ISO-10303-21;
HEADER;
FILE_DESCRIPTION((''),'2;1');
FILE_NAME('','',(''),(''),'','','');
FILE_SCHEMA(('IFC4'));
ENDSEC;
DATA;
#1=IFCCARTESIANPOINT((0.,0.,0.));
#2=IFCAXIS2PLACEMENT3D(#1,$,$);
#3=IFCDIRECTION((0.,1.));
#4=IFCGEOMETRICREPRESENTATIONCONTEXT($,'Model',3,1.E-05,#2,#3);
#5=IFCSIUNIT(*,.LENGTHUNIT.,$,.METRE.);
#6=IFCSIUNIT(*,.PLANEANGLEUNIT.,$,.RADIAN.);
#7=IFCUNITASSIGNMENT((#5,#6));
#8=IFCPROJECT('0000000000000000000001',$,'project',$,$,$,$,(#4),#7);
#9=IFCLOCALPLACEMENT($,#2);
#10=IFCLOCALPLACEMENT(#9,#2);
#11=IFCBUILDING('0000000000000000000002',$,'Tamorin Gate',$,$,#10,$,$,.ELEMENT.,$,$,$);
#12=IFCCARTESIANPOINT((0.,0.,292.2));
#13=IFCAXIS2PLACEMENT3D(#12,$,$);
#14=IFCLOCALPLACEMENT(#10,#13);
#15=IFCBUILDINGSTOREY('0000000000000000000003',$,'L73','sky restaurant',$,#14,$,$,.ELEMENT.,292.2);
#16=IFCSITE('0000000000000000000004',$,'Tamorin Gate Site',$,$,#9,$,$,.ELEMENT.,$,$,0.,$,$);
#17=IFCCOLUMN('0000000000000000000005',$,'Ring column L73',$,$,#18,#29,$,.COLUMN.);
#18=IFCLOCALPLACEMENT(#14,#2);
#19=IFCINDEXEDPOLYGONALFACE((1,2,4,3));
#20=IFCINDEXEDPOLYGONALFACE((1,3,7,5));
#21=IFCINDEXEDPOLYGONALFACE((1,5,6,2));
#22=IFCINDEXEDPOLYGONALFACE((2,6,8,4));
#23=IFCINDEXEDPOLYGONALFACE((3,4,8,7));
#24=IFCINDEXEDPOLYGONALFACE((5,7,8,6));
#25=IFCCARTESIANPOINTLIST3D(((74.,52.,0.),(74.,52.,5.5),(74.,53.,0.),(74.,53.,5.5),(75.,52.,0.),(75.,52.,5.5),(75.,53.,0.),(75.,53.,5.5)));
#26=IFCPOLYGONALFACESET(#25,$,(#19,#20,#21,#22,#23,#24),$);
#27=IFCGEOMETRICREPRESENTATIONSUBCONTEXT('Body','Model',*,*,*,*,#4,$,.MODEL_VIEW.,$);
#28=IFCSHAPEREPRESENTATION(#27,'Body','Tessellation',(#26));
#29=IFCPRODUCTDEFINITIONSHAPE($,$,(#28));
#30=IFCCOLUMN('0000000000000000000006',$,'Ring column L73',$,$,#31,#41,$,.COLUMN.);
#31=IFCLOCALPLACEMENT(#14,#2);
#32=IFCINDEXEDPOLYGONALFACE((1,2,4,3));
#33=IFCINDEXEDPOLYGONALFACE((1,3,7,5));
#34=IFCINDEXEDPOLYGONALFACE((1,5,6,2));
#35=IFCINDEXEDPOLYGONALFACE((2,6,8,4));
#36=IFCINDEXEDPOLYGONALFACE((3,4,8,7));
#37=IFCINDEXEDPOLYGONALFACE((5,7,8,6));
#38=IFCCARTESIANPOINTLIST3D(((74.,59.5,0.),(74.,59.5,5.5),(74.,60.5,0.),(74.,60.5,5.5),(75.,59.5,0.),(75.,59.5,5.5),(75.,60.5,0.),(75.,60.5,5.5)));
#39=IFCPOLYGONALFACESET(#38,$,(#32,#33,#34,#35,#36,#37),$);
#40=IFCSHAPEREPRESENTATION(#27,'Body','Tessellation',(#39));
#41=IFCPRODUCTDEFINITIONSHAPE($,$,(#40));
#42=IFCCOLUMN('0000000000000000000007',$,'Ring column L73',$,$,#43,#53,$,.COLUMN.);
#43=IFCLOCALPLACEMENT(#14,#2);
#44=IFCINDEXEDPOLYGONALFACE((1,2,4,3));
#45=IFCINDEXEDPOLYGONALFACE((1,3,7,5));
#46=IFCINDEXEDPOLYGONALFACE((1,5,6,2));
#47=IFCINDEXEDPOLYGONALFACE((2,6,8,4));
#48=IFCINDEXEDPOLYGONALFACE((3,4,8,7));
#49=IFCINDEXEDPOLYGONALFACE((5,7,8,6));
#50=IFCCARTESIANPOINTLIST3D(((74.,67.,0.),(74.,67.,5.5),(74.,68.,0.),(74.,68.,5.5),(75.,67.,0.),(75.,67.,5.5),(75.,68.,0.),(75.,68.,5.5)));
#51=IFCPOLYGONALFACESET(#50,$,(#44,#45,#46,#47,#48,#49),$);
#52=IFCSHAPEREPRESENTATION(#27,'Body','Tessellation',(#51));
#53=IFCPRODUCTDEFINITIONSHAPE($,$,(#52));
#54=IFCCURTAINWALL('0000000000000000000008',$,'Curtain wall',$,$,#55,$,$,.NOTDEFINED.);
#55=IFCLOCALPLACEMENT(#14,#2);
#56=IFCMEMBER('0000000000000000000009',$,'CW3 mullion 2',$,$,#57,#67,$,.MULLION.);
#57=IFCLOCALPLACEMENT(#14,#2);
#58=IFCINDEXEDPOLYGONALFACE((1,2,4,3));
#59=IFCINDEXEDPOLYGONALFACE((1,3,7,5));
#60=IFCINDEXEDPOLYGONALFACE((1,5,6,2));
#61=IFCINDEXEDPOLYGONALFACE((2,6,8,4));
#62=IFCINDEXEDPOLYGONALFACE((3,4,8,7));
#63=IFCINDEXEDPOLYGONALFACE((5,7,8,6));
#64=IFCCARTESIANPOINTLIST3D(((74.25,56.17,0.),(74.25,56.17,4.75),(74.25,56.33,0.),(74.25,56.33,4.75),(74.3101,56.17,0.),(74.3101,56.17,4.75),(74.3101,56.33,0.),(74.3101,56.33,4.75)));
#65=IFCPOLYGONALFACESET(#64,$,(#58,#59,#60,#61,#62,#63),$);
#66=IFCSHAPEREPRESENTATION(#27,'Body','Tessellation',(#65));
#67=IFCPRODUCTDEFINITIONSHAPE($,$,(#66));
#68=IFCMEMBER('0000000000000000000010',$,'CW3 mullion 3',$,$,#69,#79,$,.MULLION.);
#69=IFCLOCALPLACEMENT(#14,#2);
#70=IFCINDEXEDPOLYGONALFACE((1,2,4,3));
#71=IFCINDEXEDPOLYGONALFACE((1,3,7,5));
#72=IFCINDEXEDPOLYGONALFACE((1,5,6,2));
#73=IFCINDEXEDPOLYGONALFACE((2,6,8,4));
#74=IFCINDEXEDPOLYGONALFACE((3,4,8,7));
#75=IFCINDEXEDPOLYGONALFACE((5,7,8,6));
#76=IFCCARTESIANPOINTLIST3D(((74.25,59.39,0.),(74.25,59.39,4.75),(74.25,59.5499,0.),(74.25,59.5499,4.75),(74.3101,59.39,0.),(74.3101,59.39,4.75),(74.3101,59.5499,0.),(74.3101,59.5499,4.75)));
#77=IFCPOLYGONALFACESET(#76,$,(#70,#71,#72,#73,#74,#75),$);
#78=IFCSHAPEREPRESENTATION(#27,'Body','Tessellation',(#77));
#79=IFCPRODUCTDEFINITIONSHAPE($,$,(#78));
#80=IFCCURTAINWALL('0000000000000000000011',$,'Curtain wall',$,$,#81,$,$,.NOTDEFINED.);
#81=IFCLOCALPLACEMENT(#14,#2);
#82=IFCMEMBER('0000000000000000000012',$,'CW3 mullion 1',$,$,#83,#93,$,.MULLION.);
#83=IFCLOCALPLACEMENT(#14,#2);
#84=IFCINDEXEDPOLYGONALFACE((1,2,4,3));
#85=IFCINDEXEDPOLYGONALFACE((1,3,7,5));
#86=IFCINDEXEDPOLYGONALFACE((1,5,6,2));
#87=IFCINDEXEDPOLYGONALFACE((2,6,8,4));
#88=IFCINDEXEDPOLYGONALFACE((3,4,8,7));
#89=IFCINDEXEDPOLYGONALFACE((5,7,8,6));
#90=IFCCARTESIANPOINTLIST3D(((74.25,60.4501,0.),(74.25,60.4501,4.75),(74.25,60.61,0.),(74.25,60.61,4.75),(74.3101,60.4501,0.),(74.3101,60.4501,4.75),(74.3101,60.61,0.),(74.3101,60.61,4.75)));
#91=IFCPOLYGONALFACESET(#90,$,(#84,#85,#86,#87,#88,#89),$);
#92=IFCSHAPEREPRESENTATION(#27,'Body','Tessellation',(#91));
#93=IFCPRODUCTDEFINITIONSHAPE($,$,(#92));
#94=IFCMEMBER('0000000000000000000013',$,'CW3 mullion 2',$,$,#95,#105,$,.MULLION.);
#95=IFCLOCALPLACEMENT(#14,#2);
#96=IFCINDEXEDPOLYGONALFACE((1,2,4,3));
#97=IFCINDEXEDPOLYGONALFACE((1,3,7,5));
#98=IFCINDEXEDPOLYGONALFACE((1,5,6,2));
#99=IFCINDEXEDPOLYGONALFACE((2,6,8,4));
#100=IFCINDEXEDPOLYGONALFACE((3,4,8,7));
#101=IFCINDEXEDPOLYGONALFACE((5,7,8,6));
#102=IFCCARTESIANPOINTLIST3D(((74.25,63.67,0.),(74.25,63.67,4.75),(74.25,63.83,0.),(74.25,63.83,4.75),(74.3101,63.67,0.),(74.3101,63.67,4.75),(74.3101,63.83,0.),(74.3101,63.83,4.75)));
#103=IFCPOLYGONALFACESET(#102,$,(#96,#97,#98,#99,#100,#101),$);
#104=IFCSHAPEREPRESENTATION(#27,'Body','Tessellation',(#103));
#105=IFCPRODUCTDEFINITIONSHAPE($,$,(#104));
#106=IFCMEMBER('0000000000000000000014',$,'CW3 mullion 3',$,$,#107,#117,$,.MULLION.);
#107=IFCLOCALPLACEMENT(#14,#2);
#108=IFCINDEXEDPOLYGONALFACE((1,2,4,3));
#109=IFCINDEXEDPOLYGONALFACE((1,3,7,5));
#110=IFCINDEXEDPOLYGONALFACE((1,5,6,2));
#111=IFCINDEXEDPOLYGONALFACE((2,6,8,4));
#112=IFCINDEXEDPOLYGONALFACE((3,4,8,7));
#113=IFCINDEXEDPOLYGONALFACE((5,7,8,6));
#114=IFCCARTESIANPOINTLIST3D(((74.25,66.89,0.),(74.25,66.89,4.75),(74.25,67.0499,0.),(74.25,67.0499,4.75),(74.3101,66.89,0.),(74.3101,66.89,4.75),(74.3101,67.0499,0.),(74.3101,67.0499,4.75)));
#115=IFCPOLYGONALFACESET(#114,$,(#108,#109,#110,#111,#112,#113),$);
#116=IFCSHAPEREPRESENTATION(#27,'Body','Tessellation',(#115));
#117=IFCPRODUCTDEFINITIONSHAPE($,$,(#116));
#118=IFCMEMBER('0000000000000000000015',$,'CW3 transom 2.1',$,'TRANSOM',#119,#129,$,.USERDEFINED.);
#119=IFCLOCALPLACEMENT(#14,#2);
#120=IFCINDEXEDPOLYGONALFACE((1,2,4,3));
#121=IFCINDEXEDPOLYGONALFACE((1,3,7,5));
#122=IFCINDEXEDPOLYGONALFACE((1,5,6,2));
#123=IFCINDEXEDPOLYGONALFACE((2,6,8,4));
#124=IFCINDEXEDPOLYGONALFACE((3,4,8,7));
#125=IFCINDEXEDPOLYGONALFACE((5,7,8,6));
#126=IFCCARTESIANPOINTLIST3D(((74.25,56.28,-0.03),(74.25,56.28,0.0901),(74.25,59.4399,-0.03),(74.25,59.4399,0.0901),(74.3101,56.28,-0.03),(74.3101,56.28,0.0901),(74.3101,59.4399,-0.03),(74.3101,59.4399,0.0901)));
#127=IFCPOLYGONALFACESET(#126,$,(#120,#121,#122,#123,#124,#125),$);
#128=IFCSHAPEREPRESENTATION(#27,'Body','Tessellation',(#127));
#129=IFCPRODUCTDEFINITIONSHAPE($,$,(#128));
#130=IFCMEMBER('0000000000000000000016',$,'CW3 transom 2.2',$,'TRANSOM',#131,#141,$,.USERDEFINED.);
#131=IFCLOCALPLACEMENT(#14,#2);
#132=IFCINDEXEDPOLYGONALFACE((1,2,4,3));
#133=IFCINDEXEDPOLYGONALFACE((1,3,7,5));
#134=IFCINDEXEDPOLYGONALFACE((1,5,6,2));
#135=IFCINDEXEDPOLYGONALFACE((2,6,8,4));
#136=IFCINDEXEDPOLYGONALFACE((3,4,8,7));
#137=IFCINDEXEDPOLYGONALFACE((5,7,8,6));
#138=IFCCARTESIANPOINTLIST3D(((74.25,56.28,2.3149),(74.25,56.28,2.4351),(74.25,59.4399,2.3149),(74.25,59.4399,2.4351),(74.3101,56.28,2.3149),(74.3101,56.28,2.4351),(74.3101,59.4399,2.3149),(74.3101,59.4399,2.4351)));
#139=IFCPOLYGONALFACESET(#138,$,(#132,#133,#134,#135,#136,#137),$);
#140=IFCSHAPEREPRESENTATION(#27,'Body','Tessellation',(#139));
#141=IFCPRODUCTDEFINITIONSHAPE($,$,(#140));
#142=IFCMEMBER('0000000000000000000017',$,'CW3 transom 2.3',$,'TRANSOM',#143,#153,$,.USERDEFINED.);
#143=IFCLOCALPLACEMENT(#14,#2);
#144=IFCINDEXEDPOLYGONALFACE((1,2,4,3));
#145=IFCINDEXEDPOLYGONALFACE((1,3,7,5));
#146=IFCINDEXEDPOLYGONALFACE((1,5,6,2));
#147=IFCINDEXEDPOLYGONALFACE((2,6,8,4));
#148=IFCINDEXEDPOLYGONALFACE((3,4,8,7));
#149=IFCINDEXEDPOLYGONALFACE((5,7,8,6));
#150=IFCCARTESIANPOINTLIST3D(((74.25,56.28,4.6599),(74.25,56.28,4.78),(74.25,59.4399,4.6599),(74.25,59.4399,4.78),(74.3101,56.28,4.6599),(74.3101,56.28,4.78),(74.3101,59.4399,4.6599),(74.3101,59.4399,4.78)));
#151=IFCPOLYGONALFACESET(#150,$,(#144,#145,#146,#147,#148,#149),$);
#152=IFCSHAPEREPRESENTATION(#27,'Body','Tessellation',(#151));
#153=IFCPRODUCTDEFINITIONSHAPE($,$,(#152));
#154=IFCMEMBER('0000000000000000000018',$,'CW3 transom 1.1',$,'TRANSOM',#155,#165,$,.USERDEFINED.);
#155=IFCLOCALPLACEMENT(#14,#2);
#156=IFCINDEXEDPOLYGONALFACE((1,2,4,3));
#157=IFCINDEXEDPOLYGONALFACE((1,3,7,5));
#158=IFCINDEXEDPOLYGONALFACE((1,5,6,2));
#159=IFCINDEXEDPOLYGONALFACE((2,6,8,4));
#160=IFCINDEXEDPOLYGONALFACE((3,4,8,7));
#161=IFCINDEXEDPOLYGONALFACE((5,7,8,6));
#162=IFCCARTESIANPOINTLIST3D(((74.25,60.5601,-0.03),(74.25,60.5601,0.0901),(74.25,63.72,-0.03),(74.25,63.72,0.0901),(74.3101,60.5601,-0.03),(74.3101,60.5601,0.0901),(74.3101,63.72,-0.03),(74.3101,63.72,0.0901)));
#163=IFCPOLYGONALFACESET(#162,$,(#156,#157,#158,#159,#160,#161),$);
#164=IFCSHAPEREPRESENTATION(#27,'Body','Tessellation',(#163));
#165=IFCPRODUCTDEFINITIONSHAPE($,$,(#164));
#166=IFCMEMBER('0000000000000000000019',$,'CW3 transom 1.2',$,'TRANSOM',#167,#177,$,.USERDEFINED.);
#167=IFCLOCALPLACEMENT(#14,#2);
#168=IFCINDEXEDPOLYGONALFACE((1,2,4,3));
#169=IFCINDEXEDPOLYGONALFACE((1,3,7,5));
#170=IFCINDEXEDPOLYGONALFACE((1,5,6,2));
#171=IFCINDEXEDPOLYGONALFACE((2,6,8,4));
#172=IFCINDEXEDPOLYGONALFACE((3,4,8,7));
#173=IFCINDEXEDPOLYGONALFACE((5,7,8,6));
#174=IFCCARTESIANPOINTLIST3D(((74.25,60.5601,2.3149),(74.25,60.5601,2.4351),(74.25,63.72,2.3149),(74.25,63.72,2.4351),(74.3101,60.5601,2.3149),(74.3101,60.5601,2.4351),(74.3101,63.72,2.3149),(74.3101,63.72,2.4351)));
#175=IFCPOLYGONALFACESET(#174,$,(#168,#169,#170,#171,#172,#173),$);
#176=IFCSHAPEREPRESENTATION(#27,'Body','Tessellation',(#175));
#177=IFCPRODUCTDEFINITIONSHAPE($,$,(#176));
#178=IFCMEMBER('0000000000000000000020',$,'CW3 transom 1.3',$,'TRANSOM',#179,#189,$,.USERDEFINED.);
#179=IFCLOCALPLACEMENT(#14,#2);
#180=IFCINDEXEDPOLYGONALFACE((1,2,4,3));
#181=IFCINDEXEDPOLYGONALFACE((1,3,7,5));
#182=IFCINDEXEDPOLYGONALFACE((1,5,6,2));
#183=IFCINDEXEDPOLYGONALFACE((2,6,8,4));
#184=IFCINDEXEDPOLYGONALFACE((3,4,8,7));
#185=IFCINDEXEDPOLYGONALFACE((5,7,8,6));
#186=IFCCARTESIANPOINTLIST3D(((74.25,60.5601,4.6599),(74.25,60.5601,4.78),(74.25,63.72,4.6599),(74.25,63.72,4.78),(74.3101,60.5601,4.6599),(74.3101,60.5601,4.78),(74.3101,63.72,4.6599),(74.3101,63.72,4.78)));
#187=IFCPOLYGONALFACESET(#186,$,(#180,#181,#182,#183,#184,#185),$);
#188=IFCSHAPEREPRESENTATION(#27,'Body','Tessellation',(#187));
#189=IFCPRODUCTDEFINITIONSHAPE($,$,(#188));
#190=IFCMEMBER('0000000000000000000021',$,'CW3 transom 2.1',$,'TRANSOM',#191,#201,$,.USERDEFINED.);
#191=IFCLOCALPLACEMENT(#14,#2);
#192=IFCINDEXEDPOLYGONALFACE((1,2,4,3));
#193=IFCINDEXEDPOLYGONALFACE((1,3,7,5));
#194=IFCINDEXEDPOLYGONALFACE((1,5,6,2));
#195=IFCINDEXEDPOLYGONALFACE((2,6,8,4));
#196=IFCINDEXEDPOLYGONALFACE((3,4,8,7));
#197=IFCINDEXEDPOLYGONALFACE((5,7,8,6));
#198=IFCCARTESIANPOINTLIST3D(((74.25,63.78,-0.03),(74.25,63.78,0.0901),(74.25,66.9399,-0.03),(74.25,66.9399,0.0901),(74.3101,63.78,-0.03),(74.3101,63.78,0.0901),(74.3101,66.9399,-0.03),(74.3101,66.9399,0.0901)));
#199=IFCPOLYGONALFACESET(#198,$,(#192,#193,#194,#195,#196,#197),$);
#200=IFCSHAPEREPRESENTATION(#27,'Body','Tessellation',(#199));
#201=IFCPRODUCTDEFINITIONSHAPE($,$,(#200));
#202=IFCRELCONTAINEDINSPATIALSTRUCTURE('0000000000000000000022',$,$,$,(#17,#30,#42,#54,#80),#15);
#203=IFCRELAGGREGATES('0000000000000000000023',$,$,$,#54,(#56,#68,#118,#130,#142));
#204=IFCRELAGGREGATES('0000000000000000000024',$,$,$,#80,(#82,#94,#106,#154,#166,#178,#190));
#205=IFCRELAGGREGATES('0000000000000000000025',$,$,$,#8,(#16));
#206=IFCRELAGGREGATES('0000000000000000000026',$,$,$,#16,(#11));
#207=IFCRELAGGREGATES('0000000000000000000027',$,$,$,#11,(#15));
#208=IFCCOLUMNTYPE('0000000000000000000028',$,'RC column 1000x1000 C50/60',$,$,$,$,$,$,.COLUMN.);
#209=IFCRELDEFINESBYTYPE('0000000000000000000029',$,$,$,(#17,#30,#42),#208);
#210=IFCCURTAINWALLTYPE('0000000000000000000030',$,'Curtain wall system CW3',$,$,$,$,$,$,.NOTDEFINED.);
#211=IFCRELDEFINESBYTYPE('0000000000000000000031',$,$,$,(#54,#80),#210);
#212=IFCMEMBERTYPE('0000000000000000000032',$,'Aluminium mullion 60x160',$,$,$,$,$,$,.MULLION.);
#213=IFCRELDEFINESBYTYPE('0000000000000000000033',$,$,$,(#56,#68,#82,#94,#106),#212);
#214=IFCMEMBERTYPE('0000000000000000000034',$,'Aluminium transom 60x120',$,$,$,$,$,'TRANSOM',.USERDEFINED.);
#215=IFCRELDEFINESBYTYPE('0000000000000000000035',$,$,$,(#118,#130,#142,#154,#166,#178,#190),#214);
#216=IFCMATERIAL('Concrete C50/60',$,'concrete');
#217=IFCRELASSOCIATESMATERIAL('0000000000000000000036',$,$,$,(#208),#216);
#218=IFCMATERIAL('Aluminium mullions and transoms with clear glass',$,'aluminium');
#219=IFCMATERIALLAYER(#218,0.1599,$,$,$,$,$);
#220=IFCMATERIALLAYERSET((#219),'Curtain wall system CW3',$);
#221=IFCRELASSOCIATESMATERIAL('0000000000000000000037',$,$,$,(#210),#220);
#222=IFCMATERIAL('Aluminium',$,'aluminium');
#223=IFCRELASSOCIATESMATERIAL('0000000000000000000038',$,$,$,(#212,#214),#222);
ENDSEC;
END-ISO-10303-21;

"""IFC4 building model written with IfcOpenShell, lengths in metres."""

from ifc_helpers import new_model, si_unit, direction, frame, origin, origin_2d, place, context, subcontext, project, spatial, rectangle, extrude, material, layer, layer_set, material_profile, profile_set, type_object, element, aggregate, save


model = new_model("IFC4")

# Units and contexts
model_context = context("Model", 3, precision=1e-05, world=origin(), true_north=direction((0.0, 1.0)))
body_context = subcontext(model_context, "Body", "Model", "MODEL_VIEW")
ifc_project = project(units=[si_unit("LENGTHUNIT", "METRE"), si_unit("PLANEANGLEUNIT", "RADIAN")], contexts=[model_context])

# Site, building, storey
site_placement = place(None, origin())
site = spatial("IfcSite", under=ifc_project, at=site_placement, Name="Tamorin Gate Site", CompositionType="ELEMENT", RefElevation=0.0)
building_placement = place(site_placement, origin())
building = spatial("IfcBuilding", under=site, at=building_placement, Name="Tamorin Gate", CompositionType="ELEMENT")
storey_placement = place(building_placement, frame((0.0, 0.0, 292.2)))
storey = spatial("IfcBuildingStorey", under=building, at=storey_placement, Name="L73", Description="sky restaurant", CompositionType="ELEMENT", Elevation=292.2)

# Columns
ifc_material_1 = material(Name="Concrete C50/60", Category="concrete")
ifc_material_profile_1 = material_profile(ifc_material_1, rectangle(XDim=1.0, YDim=1.0, at=origin_2d()), Name="RC 1000x1000")
ifc_profile_set_1 = profile_set([ifc_material_profile_1], Name="Concrete C50/60")
column_type = type_object("IfcColumnType", Name="RC column 1000x1000 C50/60", PredefinedType="COLUMN", material=ifc_profile_set_1)
for number, where, z_axis, x_axis, name in (
    (1, (74.5, 52.5, 0.0), (0.0, 0.0, 1.0), (1.0, 0.0, 0.0), "Ring column L73"),
    (2, (74.5, 60.0, 0.0), (0.0, 0.0, 1.0), (1.0, 0.0, 0.0), "Ring column L73"),
    (3, (74.5, 67.5, 0.0), (0.0, 0.0, 1.0), (1.0, 0.0, 0.0), "Ring column L73"),
):
    element("IfcColumn", number, at=place(storey_placement, frame(where, z_axis=z_axis, x_axis=x_axis)), inside=storey, type_object=column_type, Name=name, PredefinedType="COLUMN", context=body_context, shape_type="SweptSolid", body=[
        extrude(rectangle(XDim=1.0, YDim=1.0, at=origin_2d()), origin(), (0.0, 0.0, 1.0), 5.5),
    ])

# Curtain walls, members
ifc_material_2 = material(Name="Aluminium mullions and transoms with clear glass", Category="aluminium")
ifc_layer_1 = layer(ifc_material_2, 0.1599)
ifc_layer_set_1 = layer_set([ifc_layer_1], Name="Curtain wall system CW3")
curtain_wall_type = type_object("IfcCurtainWallType", Name="Curtain wall system CW3", PredefinedType="NOTDEFINED", material=ifc_layer_set_1)
curtain_wall_1_placement = place(storey_placement, origin())
curtain_wall_1 = element("IfcCurtainWall", 4, at=curtain_wall_1_placement, inside=storey, type_object=curtain_wall_type, Name="Curtain wall", PredefinedType="NOTDEFINED")
ifc_material_3 = material(Name="Aluminium", Category="aluminium")
ifc_material_profile_2 = material_profile(ifc_material_3, rectangle(XDim=0.0601, YDim=0.1599, at=origin_2d()), Name="RECT 60x160")
ifc_profile_set_2 = profile_set([ifc_material_profile_2], Name="Aluminium")
member_type_1 = type_object("IfcMemberType", Name="Aluminium mullion 60x160", PredefinedType="MULLION", material=ifc_profile_set_2)
member_1_placement = place(storey_placement, frame((74.28, 56.25, 0.0), z_axis=(0.0, 0.0, 1.0), x_axis=(-1.0, 0.0, 0.0)))
member_1 = element("IfcMember", 5, at=member_1_placement, type_object=member_type_1, Name="CW3 mullion 2", PredefinedType="MULLION", context=body_context, shape_type="SweptSolid", body=[
    extrude(rectangle(XDim=0.0601, YDim=0.1599, at=origin_2d()), origin(), (0.0, 0.0, 1.0), 4.75),
])
member_2_placement = place(storey_placement, frame((74.28, 59.47, 0.0), z_axis=(0.0, 0.0, 1.0), x_axis=(-1.0, 0.0, 0.0)))
member_2 = element("IfcMember", 6, at=member_2_placement, type_object=member_type_1, Name="CW3 mullion 3", PredefinedType="MULLION", context=body_context, shape_type="SweptSolid", body=[
    extrude(rectangle(XDim=0.0601, YDim=0.1599, at=origin_2d()), origin(), (0.0, 0.0, 1.0), 4.75),
])
curtain_wall_2_placement = place(storey_placement, origin())
curtain_wall_2 = element("IfcCurtainWall", 7, at=curtain_wall_2_placement, inside=storey, type_object=curtain_wall_type, Name="Curtain wall", PredefinedType="NOTDEFINED")
member_3_placement = place(storey_placement, frame((74.28, 60.53, 0.0), z_axis=(0.0, 0.0, 1.0), x_axis=(-1.0, 0.0, 0.0)))
member_3 = element("IfcMember", 8, at=member_3_placement, type_object=member_type_1, Name="CW3 mullion 1", PredefinedType="MULLION", context=body_context, shape_type="SweptSolid", body=[
    extrude(rectangle(XDim=0.0601, YDim=0.1599, at=origin_2d()), origin(), (0.0, 0.0, 1.0), 4.75),
])
member_4_placement = place(storey_placement, frame((74.28, 63.75, 0.0), z_axis=(0.0, 0.0, 1.0), x_axis=(-1.0, 0.0, 0.0)))
member_4 = element("IfcMember", 9, at=member_4_placement, type_object=member_type_1, Name="CW3 mullion 2", PredefinedType="MULLION", context=body_context, shape_type="SweptSolid", body=[
    extrude(rectangle(XDim=0.0601, YDim=0.1599, at=origin_2d()), origin(), (0.0, 0.0, 1.0), 4.75),
])
member_5_placement = place(storey_placement, frame((74.28, 66.97, 0.0), z_axis=(0.0, 0.0, 1.0), x_axis=(-1.0, 0.0, 0.0)))
member_5 = element("IfcMember", 10, at=member_5_placement, type_object=member_type_1, Name="CW3 mullion 3", PredefinedType="MULLION", context=body_context, shape_type="SweptSolid", body=[
    extrude(rectangle(XDim=0.0601, YDim=0.1599, at=origin_2d()), origin(), (0.0, 0.0, 1.0), 4.75),
])

# Members
ifc_material_profile_3 = material_profile(ifc_material_3, rectangle(XDim=0.0601, YDim=0.1201, at=origin_2d()), Name="RECT 60x120")
ifc_profile_set_3 = profile_set([ifc_material_profile_3], Name="Aluminium")
member_type_2 = type_object("IfcMemberType", Name="Aluminium transom 60x120", ElementType="TRANSOM", PredefinedType="USERDEFINED", material=ifc_profile_set_3)
member_6_placement = place(storey_placement, frame((74.28, 56.28, 0.03), z_axis=(0.0, 1.0, 0.0), x_axis=(-1.0, 0.0, 0.0)))
member_6 = element("IfcMember", 11, at=member_6_placement, type_object=member_type_2, Name="CW3 transom 2.1", ObjectType="TRANSOM", PredefinedType="USERDEFINED", context=body_context, shape_type="SweptSolid", body=[
    extrude(rectangle(XDim=0.0601, YDim=0.1201, at=origin_2d()), origin(), (0.0, 0.0, 1.0), 3.1599),
])
member_7_placement = place(storey_placement, frame((74.28, 56.28, 2.375), z_axis=(0.0, 1.0, 0.0), x_axis=(-1.0, 0.0, 0.0)))
member_7 = element("IfcMember", 12, at=member_7_placement, type_object=member_type_2, Name="CW3 transom 2.2", ObjectType="TRANSOM", PredefinedType="USERDEFINED", context=body_context, shape_type="SweptSolid", body=[
    extrude(rectangle(XDim=0.0601, YDim=0.1201, at=origin_2d()), origin(), (0.0, 0.0, 1.0), 3.1599),
])
member_8_placement = place(storey_placement, frame((74.28, 56.28, 4.72), z_axis=(0.0, 1.0, 0.0), x_axis=(-1.0, 0.0, 0.0)))
member_8 = element("IfcMember", 13, at=member_8_placement, type_object=member_type_2, Name="CW3 transom 2.3", ObjectType="TRANSOM", PredefinedType="USERDEFINED", context=body_context, shape_type="SweptSolid", body=[
    extrude(rectangle(XDim=0.0601, YDim=0.1201, at=origin_2d()), origin(), (0.0, 0.0, 1.0), 3.1599),
])
member_9_placement = place(storey_placement, frame((74.28, 60.5601, 0.03), z_axis=(0.0, 1.0, 0.0), x_axis=(-1.0, 0.0, 0.0)))
member_9 = element("IfcMember", 14, at=member_9_placement, type_object=member_type_2, Name="CW3 transom 1.1", ObjectType="TRANSOM", PredefinedType="USERDEFINED", context=body_context, shape_type="SweptSolid", body=[
    extrude(rectangle(XDim=0.0601, YDim=0.1201, at=origin_2d()), origin(), (0.0, 0.0, 1.0), 3.1599),
])
member_10_placement = place(storey_placement, frame((74.28, 60.5601, 2.375), z_axis=(0.0, 1.0, 0.0), x_axis=(-1.0, 0.0, 0.0)))
member_10 = element("IfcMember", 15, at=member_10_placement, type_object=member_type_2, Name="CW3 transom 1.2", ObjectType="TRANSOM", PredefinedType="USERDEFINED", context=body_context, shape_type="SweptSolid", body=[
    extrude(rectangle(XDim=0.0601, YDim=0.1201, at=origin_2d()), origin(), (0.0, 0.0, 1.0), 3.1599),
])
member_11_placement = place(storey_placement, frame((74.28, 60.5601, 4.72), z_axis=(0.0, 1.0, 0.0), x_axis=(-1.0, 0.0, 0.0)))
member_11 = element("IfcMember", 16, at=member_11_placement, type_object=member_type_2, Name="CW3 transom 1.3", ObjectType="TRANSOM", PredefinedType="USERDEFINED", context=body_context, shape_type="SweptSolid", body=[
    extrude(rectangle(XDim=0.0601, YDim=0.1201, at=origin_2d()), origin(), (0.0, 0.0, 1.0), 3.1599),
])
member_12_placement = place(storey_placement, frame((74.28, 63.78, 0.03), z_axis=(0.0, 1.0, 0.0), x_axis=(-1.0, 0.0, 0.0)))
member_12 = element("IfcMember", 17, at=member_12_placement, type_object=member_type_2, Name="CW3 transom 2.1", ObjectType="TRANSOM", PredefinedType="USERDEFINED", context=body_context, shape_type="SweptSolid", body=[
    extrude(rectangle(XDim=0.0601, YDim=0.1201, at=origin_2d()), origin(), (0.0, 0.0, 1.0), 3.1599),
])

aggregate(curtain_wall_1, [member_1, member_2, member_6, member_7, member_8])
aggregate(curtain_wall_2, [member_3, member_4, member_5, member_9, member_10, member_11, member_12])

save(model, "model.ifc")
